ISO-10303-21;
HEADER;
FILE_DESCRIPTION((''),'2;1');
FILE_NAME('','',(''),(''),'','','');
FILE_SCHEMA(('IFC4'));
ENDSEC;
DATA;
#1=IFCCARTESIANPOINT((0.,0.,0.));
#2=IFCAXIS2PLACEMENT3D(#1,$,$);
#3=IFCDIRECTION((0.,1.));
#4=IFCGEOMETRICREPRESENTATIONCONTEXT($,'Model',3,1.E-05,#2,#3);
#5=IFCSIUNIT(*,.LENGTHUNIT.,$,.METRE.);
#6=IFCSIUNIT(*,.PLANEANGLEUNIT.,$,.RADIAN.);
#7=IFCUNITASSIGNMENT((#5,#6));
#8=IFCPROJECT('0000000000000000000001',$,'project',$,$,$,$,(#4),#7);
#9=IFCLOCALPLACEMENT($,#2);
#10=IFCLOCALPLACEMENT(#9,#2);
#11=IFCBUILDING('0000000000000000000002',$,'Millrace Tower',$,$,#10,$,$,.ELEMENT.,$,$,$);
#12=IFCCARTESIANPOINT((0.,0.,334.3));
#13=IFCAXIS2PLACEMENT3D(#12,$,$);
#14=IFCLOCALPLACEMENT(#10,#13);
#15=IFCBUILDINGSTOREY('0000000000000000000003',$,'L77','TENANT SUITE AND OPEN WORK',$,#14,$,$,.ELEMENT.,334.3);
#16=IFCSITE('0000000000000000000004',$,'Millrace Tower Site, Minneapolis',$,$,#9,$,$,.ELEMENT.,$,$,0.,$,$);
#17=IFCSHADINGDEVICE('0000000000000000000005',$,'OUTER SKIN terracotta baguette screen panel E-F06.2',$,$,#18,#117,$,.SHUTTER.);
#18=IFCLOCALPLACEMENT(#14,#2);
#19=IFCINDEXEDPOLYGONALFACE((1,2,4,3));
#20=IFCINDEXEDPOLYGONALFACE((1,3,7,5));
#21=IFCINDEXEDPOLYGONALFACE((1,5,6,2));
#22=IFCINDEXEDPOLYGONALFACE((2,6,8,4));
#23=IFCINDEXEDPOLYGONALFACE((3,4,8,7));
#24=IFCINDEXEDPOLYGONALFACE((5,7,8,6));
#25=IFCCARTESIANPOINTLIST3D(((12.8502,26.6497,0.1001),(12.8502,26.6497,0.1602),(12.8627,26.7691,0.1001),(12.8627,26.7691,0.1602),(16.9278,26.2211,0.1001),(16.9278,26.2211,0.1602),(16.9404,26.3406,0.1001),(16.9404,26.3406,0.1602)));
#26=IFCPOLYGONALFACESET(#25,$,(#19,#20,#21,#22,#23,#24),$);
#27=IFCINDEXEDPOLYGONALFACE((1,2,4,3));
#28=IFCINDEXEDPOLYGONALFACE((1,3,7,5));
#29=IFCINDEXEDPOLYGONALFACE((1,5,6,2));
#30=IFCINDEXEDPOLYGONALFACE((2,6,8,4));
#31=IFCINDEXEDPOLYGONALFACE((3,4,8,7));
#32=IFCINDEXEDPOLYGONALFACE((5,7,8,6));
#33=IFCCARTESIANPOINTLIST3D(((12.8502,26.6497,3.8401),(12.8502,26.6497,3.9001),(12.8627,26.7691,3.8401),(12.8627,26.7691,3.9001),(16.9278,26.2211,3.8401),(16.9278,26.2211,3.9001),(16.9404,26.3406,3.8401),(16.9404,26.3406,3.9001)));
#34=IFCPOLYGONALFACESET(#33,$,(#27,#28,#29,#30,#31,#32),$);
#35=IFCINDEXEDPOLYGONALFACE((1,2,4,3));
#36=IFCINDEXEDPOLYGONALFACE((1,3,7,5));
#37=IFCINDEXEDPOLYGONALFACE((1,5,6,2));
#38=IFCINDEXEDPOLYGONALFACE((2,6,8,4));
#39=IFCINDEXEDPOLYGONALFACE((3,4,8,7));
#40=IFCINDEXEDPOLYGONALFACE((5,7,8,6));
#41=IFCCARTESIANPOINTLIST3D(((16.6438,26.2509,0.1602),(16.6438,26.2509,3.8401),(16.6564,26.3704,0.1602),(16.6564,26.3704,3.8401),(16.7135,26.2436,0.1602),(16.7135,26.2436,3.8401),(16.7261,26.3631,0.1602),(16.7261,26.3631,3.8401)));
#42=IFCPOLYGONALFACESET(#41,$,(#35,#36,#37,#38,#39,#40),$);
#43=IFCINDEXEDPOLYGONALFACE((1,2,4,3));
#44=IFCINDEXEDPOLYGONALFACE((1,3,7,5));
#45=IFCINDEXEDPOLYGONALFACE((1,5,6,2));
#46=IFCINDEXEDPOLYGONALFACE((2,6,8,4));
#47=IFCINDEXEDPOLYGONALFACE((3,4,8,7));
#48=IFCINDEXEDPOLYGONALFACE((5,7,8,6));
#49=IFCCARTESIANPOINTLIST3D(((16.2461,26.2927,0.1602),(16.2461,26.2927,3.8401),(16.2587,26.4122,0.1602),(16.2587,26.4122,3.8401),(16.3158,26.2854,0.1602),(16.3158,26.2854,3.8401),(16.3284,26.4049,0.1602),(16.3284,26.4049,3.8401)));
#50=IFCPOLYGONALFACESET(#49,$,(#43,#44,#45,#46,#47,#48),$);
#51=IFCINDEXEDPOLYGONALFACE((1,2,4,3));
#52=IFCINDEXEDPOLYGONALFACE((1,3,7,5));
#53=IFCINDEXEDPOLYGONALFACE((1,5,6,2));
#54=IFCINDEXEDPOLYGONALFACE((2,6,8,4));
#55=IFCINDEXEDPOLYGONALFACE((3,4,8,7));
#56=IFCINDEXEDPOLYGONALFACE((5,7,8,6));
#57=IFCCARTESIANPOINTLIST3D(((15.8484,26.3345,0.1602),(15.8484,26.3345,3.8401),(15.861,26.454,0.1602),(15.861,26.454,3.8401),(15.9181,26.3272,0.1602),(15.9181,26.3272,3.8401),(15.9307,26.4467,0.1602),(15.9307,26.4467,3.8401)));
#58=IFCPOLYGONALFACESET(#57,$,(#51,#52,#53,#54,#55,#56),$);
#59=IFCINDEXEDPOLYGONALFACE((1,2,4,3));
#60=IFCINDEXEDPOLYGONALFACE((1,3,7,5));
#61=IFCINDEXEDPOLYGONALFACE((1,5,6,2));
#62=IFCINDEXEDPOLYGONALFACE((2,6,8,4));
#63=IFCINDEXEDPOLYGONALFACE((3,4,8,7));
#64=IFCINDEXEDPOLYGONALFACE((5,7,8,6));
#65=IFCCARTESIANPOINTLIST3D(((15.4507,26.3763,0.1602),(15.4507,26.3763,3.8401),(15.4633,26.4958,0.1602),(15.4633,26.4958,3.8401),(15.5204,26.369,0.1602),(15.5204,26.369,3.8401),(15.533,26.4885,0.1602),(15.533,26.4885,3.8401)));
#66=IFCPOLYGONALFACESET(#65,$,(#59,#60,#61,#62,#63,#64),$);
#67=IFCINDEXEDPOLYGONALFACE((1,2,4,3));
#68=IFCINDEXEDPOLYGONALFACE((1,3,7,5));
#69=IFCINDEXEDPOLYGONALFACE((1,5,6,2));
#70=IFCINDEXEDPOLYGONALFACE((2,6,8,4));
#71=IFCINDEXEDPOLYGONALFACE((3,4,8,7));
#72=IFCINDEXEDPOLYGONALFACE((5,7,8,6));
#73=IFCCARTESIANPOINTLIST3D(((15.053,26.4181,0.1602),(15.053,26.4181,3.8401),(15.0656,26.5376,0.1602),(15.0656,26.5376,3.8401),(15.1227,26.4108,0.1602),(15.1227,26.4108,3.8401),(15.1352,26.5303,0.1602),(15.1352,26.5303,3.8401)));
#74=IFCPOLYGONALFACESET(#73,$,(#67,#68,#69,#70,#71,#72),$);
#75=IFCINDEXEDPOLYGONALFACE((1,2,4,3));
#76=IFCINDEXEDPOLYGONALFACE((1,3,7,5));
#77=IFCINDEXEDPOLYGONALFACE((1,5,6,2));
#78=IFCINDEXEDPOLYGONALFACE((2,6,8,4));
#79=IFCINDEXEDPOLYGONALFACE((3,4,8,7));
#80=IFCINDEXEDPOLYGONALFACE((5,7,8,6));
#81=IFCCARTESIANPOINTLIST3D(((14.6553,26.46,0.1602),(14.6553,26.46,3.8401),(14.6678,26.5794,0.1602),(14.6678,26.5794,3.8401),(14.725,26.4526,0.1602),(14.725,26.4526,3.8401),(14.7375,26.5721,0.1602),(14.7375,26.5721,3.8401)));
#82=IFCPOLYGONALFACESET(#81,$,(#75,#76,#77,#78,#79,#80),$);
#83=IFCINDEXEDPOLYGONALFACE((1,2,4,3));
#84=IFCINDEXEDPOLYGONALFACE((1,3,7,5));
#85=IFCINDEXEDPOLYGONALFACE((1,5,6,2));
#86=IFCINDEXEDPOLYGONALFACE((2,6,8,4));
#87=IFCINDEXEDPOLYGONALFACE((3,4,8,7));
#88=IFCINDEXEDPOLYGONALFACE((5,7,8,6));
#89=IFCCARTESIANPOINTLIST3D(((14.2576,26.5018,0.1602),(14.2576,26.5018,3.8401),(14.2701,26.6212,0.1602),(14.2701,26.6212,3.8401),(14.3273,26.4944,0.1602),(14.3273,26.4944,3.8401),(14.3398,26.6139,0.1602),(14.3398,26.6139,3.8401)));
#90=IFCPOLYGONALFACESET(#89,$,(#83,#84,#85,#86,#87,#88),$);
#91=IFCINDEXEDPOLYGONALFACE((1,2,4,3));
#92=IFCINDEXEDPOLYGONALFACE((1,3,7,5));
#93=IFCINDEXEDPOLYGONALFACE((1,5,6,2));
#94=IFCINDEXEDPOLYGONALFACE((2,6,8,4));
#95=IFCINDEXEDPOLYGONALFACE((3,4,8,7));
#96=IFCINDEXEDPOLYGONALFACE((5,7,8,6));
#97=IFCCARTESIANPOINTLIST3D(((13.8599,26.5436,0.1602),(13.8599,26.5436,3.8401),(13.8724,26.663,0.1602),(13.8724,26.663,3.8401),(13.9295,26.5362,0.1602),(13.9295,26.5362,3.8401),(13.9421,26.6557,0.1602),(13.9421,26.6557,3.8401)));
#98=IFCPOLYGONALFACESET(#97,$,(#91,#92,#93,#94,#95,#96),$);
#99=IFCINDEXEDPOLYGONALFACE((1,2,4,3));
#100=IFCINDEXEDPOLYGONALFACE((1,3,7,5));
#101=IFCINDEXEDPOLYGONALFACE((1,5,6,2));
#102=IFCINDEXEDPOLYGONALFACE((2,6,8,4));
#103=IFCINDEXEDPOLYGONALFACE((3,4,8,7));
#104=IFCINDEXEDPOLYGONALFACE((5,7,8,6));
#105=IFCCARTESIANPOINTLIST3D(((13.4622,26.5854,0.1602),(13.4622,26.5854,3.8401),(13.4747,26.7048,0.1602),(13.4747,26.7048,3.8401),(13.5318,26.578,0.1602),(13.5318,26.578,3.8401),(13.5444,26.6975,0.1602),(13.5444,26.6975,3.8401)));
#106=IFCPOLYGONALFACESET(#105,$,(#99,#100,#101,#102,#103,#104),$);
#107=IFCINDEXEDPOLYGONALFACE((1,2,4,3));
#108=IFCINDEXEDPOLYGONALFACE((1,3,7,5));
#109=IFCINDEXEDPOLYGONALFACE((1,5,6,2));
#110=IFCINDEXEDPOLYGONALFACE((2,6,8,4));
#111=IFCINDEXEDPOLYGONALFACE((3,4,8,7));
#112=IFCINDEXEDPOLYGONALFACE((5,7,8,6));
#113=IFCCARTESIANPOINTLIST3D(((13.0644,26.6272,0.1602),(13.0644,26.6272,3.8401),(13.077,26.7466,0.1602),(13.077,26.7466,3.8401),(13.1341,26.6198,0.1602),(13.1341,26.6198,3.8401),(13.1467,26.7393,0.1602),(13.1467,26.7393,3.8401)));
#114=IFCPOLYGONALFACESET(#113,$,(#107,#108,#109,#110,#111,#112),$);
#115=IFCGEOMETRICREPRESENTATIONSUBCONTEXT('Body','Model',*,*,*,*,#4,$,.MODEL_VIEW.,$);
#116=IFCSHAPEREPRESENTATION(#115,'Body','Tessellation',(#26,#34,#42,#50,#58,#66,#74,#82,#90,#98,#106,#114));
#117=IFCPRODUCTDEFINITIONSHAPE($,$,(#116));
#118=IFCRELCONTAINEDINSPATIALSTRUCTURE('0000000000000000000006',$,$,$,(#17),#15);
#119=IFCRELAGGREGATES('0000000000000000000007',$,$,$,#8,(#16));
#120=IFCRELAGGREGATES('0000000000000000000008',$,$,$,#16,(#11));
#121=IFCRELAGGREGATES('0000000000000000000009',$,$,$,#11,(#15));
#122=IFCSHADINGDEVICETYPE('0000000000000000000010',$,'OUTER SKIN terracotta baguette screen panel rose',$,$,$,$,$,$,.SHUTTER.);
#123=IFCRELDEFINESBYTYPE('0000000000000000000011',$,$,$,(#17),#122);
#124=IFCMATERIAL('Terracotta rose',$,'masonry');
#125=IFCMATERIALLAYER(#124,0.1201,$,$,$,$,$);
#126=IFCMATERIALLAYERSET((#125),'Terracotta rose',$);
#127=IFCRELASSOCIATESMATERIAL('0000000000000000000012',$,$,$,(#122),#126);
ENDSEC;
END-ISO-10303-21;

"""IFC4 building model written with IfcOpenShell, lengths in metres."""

from ifc_helpers import new_model, entity, si_unit, direction, frame, frame_2d, origin, place, context, subcontext, project, spatial, rectangle, extrude, source, transform, mapped, material, layer, layer_set, type_object, element, save


model = new_model("IFC4")

# Units and contexts
model_context = context("Model", 3, precision=1e-05, world=origin(), true_north=direction((0.0, 1.0)))
body_context = subcontext(model_context, "Body", "Model", "MODEL_VIEW")
ifc_project = project(units=[si_unit("LENGTHUNIT", "METRE"), si_unit("PLANEANGLEUNIT", "RADIAN")], contexts=[model_context])

# Site, building, storey
site_placement = place(None, origin())
site = spatial("IfcSite", under=ifc_project, at=site_placement, Name="Millrace Tower Site, Minneapolis", CompositionType="ELEMENT", RefElevation=0.0)
building_placement = place(site_placement, origin())
building = spatial("IfcBuilding", under=site, at=building_placement, Name="Millrace Tower", CompositionType="ELEMENT")
storey_placement = place(building_placement, frame((0.0, 0.0, 334.3)))
storey = spatial("IfcBuildingStorey", under=building, at=storey_placement, Name="L77", Description="TENANT SUITE AND OPEN WORK", CompositionType="ELEMENT", Elevation=334.3)

# Shading device
ifc_material_1 = material(Name="Terracotta rose", Category="masonry")
ifc_layer_1 = layer(ifc_material_1, 0.1201)
ifc_layer_set_1 = layer_set([ifc_layer_1], Name="Terracotta rose")
shading_device_type = type_object("IfcShadingDeviceType", Name="OUTER SKIN terracotta baguette screen panel rose", PredefinedType="SHUTTER", material=ifc_layer_set_1)
cartesian_point_1 = entity("IfcCartesianPoint", [-2.05, 0.0601])
shared_polyline_1 = entity("IfcPolyline", [cartesian_point_1, entity("IfcCartesianPoint", [2.05, 0.0601]), entity("IfcCartesianPoint", [2.05, -0.0601]), entity("IfcCartesianPoint", [-2.05, -0.0601]), cartesian_point_1])
shared_shape_1 = source(origin(), body_context, "Body", "SweptSolid", [
    entity("IfcExtrudedAreaSolid", entity("IfcArbitraryClosedProfileDef", "AREA", None, shared_polyline_1), entity("IfcAxis2Placement3D", entity("IfcCartesianPoint", [0.0, 0.0, 0.0])), entity("IfcDirection", [0.0, 0.0, 1.0]), 0.0601),
    entity("IfcExtrudedAreaSolid", entity("IfcArbitraryClosedProfileDef", "AREA", None, shared_polyline_1), entity("IfcAxis2Placement3D", entity("IfcCartesianPoint", [0.0, 0.0, 3.74])), entity("IfcDirection", [0.0, 0.0, 1.0]), 0.0601),
    extrude(rectangle(XDim=0.0701, YDim=0.1201, at=frame_2d((-1.7996, 0.0))), frame((0.0, 0.0, 0.0601)), (0.0, 0.0, 1.0), 3.6799),
    extrude(rectangle(XDim=0.0701, YDim=0.1201, at=frame_2d((-1.3997, 0.0))), frame((0.0, 0.0, 0.0601)), (0.0, 0.0, 1.0), 3.6799),
    extrude(rectangle(XDim=0.0701, YDim=0.1201, at=frame_2d((-0.9998, 0.0))), frame((0.0, 0.0, 0.0601)), (0.0, 0.0, 1.0), 3.6799),
    extrude(rectangle(XDim=0.0701, YDim=0.1201, at=frame_2d((-0.5999, 0.0))), frame((0.0, 0.0, 0.0601)), (0.0, 0.0, 1.0), 3.6799),
    extrude(rectangle(XDim=0.0701, YDim=0.1201, at=frame_2d((-0.2, 0.0))), frame((0.0, 0.0, 0.0601)), (0.0, 0.0, 1.0), 3.6799),
    extrude(rectangle(XDim=0.0701, YDim=0.1201, at=frame_2d((0.2, 0.0))), frame((0.0, 0.0, 0.0601)), (0.0, 0.0, 1.0), 3.6799),
    extrude(rectangle(XDim=0.0701, YDim=0.1201, at=frame_2d((0.5999, 0.0))), frame((0.0, 0.0, 0.0601)), (0.0, 0.0, 1.0), 3.6799),
    extrude(rectangle(XDim=0.0701, YDim=0.1201, at=frame_2d((0.9998, 0.0))), frame((0.0, 0.0, 0.0601)), (0.0, 0.0, 1.0), 3.6799),
    extrude(rectangle(XDim=0.0701, YDim=0.1201, at=frame_2d((1.3997, 0.0))), frame((0.0, 0.0, 0.0601)), (0.0, 0.0, 1.0), 3.6799),
    extrude(rectangle(XDim=0.0701, YDim=0.1201, at=frame_2d((1.7996, 0.0))), frame((0.0, 0.0, 0.0601)), (0.0, 0.0, 1.0), 3.6799),
])
for number, where, z_axis, x_axis, name in (
    (1, (14.8953, 26.4951, 0.1001), (0.0, 0.0, 1.0), (-0.994522, 0.104528, 0.0), "OUTER SKIN terracotta baguette screen panel E-F06.2"),
):
    element("IfcShadingDevice", number, at=place(storey_placement, frame(where, z_axis=z_axis, x_axis=x_axis)), inside=storey, type_object=shading_device_type, Name=name, PredefinedType="SHUTTER", context=body_context, shape_type="MappedRepresentation", body=[
        mapped(shared_shape_1, transform((0.0, 0.0, 0.0), scale=1.0)),
    ])

save(model, "model.ifc")
